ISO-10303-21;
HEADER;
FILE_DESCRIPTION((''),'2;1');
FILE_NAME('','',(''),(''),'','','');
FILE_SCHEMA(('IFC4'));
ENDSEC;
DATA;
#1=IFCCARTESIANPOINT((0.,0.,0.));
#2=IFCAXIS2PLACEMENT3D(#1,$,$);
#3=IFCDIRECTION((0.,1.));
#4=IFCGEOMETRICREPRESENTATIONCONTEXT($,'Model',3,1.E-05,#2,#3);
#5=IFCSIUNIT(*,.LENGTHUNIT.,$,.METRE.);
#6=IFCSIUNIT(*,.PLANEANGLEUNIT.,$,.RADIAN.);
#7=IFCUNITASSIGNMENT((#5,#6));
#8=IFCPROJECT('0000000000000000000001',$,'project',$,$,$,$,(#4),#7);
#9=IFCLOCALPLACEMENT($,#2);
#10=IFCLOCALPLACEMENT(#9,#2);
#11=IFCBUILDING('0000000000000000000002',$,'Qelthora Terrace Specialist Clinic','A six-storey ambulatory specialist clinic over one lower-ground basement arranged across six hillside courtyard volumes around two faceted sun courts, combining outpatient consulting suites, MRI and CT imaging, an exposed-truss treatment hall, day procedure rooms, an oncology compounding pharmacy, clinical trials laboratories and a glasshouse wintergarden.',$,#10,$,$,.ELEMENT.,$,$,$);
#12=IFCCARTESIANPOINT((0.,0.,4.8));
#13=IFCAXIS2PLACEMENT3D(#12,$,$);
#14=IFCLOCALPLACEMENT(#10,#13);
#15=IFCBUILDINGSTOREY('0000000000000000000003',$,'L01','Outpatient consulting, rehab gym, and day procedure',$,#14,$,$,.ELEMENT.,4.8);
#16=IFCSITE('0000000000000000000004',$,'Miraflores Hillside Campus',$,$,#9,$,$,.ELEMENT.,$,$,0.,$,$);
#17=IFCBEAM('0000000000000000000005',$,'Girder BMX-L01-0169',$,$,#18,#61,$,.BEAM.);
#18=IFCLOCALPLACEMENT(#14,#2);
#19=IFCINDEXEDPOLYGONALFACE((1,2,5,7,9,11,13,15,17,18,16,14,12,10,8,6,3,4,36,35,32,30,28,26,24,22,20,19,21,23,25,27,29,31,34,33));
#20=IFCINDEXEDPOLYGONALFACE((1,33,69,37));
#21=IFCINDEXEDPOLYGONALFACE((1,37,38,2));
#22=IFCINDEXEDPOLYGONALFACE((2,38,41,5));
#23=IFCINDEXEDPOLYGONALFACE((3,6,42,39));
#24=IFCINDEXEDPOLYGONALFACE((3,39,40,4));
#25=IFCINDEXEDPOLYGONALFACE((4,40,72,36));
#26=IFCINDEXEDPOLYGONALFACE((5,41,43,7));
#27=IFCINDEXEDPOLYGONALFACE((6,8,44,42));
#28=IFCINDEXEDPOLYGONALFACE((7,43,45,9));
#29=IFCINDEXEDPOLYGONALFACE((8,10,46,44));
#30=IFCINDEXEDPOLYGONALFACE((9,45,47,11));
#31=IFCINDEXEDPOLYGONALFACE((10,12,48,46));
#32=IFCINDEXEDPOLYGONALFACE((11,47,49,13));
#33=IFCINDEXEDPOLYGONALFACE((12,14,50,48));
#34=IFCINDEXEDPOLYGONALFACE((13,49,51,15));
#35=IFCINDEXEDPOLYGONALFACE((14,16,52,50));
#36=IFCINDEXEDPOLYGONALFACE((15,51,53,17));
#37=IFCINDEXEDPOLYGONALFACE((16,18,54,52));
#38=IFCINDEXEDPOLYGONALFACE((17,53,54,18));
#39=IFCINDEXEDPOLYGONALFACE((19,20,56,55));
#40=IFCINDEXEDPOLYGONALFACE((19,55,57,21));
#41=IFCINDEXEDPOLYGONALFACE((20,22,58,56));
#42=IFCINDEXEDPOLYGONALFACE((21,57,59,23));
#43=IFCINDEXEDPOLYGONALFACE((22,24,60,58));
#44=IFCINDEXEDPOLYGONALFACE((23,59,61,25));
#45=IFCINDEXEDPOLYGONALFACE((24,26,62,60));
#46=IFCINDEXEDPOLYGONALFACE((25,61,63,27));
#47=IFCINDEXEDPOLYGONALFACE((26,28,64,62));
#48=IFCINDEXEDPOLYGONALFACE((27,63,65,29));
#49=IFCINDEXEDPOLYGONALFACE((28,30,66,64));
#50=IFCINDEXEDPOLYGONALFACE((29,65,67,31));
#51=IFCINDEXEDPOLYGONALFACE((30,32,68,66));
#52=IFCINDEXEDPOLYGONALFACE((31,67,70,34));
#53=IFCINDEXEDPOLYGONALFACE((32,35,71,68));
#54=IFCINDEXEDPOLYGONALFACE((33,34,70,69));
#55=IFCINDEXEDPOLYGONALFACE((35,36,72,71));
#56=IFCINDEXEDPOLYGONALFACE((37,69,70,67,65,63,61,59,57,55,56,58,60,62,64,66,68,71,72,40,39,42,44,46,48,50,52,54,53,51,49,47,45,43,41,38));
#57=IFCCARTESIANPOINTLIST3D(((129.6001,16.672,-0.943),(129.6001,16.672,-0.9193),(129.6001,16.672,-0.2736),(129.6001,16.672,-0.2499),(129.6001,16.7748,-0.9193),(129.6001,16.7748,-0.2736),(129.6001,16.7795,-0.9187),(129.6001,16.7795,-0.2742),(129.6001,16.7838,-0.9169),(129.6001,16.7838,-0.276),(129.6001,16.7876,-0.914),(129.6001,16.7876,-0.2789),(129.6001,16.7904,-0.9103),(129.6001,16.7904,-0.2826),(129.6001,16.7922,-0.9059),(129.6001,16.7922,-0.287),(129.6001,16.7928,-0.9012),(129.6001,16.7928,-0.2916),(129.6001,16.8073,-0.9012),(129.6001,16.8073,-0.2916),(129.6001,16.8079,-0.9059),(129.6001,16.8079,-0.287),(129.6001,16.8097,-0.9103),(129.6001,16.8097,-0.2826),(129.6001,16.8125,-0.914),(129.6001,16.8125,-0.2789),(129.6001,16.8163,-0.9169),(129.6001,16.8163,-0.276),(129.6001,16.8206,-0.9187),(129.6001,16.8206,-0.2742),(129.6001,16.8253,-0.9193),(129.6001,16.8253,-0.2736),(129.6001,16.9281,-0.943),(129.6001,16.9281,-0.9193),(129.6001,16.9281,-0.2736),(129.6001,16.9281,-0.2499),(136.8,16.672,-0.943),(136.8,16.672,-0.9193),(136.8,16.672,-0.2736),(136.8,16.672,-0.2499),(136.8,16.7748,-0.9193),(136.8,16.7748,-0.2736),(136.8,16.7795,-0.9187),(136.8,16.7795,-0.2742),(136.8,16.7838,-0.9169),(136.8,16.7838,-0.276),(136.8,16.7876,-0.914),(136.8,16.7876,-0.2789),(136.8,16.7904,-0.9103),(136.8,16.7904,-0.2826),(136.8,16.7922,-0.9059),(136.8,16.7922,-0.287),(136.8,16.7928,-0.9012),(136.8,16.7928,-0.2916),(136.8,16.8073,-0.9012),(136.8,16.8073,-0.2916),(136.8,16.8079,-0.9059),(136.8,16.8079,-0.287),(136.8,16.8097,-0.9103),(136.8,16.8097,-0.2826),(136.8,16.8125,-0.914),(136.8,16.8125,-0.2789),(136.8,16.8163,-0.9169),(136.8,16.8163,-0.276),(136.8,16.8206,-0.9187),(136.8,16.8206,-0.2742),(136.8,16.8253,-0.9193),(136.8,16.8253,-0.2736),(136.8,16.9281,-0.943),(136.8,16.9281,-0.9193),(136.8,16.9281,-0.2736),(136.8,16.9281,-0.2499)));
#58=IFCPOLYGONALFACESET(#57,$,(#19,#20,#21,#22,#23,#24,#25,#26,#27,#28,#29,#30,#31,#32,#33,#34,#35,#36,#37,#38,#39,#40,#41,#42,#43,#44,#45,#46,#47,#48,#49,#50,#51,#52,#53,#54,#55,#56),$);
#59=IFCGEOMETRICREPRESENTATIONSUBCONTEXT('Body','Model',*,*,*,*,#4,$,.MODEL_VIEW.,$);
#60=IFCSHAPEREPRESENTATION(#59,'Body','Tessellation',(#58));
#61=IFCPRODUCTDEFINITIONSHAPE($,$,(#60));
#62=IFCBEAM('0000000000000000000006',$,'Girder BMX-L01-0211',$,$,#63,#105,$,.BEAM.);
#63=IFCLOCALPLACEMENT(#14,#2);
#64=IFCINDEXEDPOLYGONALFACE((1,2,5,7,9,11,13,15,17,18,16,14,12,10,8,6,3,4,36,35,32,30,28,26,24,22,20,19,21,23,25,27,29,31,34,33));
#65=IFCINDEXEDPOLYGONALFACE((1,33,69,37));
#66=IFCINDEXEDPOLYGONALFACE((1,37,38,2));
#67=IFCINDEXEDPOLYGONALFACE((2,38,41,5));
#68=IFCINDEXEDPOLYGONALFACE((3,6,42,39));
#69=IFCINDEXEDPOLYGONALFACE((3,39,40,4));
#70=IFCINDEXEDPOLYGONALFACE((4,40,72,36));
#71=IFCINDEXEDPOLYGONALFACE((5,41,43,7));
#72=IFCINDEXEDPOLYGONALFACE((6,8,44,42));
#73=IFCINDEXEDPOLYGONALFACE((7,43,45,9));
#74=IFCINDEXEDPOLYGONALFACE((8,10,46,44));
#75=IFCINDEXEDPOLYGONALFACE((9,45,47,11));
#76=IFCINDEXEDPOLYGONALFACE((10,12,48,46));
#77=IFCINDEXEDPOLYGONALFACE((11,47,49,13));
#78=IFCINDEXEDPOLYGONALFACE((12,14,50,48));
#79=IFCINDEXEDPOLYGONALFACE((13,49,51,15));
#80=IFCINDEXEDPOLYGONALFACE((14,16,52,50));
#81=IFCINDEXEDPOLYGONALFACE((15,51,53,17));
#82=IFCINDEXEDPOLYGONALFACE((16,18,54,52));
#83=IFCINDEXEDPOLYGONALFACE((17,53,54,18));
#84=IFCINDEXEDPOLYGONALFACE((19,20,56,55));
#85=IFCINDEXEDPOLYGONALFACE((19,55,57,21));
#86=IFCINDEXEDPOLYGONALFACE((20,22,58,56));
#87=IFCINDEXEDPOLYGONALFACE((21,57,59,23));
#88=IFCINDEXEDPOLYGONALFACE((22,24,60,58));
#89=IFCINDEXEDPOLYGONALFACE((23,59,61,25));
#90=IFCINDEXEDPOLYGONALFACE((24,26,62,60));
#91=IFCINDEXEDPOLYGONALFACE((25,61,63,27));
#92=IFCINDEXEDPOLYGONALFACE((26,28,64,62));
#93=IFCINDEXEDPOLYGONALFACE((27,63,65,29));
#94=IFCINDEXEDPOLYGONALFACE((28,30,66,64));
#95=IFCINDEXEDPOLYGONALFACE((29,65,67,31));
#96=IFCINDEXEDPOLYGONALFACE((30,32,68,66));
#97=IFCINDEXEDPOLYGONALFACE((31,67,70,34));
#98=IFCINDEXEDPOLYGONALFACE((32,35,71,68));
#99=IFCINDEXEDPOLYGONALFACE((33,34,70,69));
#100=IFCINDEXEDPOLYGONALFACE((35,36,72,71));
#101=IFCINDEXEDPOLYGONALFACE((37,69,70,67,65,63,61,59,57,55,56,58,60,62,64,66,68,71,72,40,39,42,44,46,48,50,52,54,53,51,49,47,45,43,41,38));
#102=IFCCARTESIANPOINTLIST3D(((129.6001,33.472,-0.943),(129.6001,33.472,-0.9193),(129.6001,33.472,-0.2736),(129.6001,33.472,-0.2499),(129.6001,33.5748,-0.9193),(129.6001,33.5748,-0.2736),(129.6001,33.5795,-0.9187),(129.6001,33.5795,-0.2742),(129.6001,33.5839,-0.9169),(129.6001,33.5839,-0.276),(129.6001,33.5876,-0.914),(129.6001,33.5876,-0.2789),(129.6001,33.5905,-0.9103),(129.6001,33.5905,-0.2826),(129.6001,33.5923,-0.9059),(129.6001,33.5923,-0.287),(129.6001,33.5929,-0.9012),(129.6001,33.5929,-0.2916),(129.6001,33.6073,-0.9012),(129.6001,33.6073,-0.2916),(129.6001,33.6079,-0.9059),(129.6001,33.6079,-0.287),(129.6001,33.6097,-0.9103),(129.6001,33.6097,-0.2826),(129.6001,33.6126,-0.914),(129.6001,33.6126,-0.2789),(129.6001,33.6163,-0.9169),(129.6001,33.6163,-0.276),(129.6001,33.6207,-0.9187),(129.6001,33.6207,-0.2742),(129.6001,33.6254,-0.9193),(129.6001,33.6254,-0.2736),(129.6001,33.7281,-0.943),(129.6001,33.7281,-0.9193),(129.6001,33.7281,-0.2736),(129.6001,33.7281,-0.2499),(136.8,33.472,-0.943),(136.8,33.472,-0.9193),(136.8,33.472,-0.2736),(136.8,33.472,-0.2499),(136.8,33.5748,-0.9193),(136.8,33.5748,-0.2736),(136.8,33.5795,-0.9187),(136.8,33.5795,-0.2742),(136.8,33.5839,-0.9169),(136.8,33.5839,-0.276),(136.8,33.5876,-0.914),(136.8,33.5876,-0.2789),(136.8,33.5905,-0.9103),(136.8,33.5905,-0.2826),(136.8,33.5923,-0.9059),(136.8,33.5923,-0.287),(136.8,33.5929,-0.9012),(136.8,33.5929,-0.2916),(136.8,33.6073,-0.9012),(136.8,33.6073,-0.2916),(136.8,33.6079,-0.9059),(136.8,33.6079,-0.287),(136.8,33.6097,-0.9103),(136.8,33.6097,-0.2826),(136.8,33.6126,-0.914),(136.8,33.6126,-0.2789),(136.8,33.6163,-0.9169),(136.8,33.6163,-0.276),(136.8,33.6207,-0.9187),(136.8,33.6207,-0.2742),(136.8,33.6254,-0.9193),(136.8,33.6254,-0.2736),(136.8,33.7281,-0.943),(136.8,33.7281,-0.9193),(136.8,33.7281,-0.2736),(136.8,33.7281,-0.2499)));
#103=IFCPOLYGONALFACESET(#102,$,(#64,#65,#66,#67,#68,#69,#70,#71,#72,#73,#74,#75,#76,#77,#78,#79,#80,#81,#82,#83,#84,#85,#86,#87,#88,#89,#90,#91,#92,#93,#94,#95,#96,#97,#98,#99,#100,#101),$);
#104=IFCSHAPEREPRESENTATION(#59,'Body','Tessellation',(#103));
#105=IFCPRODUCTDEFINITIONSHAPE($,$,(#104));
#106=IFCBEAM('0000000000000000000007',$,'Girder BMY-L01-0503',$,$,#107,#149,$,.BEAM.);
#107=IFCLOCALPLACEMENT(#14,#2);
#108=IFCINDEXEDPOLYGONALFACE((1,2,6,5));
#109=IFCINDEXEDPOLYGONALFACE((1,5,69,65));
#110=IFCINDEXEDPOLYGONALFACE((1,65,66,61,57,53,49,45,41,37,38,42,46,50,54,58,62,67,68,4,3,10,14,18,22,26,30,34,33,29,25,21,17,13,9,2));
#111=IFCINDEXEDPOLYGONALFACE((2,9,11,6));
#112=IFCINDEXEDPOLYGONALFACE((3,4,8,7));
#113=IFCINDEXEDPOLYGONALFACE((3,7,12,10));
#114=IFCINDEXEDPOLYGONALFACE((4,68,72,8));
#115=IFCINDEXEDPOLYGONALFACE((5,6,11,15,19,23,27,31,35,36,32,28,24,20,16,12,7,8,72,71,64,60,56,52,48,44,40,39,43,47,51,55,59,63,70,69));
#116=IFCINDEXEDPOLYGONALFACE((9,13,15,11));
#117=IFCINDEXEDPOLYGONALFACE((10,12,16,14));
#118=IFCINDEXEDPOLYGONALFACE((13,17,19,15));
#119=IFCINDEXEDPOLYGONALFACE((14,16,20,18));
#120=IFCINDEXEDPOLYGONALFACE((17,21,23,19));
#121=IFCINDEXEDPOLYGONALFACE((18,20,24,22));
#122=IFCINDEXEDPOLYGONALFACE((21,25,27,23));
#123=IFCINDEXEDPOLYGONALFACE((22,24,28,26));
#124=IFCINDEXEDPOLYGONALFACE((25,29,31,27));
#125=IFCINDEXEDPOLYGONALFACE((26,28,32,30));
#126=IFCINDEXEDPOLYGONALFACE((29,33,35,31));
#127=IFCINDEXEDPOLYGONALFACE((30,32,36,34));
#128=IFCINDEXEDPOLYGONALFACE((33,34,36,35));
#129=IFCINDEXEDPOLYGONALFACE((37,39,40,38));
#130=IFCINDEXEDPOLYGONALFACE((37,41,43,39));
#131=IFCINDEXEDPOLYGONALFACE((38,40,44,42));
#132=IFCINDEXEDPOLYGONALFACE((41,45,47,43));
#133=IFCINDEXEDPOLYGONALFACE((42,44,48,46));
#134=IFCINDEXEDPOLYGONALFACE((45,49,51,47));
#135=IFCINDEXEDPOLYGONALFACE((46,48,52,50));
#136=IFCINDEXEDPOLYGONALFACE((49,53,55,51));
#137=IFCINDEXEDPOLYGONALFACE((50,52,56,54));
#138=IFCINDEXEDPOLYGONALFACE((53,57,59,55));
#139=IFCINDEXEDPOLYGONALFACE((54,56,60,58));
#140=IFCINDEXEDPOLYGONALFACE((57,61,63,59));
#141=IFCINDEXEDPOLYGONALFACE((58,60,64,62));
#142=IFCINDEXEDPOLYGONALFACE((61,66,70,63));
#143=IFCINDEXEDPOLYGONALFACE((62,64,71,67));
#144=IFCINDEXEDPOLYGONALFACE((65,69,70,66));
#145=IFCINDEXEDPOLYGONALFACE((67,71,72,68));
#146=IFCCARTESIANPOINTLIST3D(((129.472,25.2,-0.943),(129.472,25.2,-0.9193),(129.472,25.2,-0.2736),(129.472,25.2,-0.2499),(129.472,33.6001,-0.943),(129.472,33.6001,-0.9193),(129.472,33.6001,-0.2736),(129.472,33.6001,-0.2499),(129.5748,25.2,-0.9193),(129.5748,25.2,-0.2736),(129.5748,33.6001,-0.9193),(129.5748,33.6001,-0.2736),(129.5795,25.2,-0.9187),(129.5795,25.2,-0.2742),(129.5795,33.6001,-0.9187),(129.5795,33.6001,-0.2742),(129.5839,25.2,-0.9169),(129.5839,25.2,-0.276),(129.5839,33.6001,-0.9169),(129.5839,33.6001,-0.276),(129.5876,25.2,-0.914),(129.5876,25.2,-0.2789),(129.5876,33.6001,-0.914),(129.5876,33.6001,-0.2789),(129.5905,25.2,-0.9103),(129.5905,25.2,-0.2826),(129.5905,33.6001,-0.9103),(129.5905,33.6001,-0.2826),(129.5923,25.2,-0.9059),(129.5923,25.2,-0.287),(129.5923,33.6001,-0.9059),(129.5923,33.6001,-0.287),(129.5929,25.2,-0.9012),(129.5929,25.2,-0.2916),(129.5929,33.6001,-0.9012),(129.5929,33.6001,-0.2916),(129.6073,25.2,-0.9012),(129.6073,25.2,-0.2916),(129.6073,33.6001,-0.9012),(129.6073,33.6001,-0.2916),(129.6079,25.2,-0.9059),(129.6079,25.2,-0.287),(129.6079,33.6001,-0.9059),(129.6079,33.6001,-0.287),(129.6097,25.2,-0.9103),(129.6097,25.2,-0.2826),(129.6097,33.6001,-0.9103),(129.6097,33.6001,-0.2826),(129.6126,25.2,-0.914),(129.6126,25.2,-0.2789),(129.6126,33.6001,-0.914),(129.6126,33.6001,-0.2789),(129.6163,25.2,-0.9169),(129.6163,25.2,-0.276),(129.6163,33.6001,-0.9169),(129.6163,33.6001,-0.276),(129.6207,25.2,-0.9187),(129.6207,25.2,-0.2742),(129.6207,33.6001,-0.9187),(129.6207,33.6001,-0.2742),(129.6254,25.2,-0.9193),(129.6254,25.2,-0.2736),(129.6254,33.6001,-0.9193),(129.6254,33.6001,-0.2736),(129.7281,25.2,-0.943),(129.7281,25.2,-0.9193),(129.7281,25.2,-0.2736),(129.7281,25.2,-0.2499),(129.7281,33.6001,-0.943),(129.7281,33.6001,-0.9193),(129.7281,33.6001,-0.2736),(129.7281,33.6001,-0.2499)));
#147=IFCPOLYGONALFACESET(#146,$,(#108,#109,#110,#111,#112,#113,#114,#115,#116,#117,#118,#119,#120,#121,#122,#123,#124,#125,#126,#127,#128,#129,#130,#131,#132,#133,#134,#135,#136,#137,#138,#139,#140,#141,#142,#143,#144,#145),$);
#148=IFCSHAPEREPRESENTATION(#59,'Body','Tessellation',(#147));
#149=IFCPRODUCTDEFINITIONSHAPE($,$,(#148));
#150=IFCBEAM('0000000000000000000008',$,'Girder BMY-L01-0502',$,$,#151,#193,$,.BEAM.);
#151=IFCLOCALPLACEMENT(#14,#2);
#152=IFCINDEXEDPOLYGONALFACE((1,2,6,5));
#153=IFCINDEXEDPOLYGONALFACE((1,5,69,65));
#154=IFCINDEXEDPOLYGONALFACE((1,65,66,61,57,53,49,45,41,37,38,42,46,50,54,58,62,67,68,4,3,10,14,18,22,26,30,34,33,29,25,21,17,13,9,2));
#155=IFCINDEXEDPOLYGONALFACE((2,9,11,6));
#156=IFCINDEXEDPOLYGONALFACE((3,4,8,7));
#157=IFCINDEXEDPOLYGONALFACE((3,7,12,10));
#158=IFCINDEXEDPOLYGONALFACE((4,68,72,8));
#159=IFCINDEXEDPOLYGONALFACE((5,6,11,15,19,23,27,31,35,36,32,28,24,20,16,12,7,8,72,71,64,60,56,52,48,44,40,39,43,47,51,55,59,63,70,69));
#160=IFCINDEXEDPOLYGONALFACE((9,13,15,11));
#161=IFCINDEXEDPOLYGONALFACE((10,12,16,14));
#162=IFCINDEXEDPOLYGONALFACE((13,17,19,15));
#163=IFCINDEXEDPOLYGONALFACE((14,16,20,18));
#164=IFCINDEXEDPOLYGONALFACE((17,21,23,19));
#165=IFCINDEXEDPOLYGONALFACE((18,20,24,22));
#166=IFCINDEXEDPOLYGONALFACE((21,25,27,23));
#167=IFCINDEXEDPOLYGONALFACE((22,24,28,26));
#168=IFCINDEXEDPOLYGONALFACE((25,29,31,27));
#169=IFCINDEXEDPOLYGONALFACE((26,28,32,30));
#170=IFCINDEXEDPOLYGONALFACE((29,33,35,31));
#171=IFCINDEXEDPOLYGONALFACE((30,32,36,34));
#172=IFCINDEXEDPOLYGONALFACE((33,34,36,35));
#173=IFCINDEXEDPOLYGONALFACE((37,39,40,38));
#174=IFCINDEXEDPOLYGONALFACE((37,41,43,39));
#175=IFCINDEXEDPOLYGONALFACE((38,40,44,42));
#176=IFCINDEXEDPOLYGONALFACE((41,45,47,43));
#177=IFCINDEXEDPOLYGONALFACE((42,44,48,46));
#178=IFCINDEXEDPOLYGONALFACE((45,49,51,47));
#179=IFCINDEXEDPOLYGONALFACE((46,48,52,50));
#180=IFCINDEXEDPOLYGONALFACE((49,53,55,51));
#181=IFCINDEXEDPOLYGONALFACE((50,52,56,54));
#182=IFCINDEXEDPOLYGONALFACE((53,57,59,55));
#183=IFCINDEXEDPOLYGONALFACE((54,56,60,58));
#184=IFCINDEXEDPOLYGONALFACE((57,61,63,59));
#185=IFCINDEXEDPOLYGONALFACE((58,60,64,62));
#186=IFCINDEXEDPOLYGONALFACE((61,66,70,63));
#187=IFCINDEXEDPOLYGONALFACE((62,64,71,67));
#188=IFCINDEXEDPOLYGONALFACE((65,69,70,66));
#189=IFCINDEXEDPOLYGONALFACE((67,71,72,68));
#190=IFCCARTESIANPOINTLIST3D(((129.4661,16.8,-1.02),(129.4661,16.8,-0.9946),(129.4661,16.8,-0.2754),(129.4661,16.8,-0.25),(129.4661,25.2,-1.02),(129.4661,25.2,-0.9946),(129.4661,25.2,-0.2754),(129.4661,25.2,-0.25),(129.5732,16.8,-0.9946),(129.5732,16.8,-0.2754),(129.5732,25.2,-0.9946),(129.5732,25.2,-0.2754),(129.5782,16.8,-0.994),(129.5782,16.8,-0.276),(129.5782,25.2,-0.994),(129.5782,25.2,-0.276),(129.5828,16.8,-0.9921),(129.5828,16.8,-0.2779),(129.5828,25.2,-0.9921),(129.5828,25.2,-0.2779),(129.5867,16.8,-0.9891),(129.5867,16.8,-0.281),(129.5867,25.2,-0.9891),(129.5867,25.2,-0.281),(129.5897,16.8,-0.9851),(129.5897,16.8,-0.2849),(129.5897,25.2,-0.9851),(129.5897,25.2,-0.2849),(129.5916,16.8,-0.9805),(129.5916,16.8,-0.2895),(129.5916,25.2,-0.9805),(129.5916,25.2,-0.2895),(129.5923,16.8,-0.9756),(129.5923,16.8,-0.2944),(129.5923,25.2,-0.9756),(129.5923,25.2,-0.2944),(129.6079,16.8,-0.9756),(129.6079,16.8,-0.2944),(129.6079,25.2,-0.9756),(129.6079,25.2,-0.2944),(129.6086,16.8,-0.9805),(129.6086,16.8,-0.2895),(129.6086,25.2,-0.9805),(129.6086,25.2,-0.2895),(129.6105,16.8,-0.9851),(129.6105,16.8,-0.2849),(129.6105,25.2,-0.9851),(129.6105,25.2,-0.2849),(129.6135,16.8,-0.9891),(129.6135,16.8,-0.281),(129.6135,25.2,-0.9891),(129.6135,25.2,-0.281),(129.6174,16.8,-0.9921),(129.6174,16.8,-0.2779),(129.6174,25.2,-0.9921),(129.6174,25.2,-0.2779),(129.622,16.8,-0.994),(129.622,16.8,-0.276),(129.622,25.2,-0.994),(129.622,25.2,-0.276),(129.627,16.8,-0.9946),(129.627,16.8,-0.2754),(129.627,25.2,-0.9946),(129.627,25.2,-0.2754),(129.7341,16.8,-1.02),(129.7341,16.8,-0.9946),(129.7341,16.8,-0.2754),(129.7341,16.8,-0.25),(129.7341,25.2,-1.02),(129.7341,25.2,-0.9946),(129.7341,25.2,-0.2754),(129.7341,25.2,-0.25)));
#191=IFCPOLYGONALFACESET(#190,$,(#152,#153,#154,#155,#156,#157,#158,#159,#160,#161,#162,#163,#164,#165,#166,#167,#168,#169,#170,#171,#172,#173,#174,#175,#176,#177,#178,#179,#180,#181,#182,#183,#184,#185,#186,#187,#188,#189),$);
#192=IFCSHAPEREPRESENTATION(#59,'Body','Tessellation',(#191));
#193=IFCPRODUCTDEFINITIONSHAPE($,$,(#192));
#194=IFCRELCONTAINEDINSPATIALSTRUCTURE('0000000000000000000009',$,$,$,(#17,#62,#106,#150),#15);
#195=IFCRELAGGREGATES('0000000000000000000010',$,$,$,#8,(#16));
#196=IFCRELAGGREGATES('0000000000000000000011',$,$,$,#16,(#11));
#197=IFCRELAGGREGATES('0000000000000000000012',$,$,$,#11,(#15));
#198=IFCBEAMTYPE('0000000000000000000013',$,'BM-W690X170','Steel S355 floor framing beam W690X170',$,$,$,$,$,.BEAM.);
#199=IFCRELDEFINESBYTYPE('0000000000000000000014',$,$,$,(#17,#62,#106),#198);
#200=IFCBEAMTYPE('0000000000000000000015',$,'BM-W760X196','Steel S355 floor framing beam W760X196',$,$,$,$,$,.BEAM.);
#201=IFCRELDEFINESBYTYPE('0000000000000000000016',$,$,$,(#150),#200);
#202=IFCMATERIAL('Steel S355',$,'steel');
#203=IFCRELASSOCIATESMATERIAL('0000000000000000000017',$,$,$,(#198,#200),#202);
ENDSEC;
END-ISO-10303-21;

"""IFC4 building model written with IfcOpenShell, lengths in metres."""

from ifc_helpers import new_model, si_unit, direction, frame, origin, origin_2d, place, context, subcontext, project, spatial, i_section, extrude, material, material_profile, profile_set, type_object, element, save


model = new_model("IFC4")

# Units and contexts
model_context = context("Model", 3, precision=1e-05, world=origin(), true_north=direction((0.0, 1.0)))
body_context = subcontext(model_context, "Body", "Model", "MODEL_VIEW")
ifc_project = project(units=[si_unit("LENGTHUNIT", "METRE"), si_unit("PLANEANGLEUNIT", "RADIAN")], contexts=[model_context])

# Site, building, storey
site_placement = place(None, origin())
site = spatial("IfcSite", under=ifc_project, at=site_placement, Name="Miraflores Hillside Campus", CompositionType="ELEMENT", RefElevation=0.0)
building_placement = place(site_placement, origin())
building = spatial("IfcBuilding", under=site, at=building_placement, Name="Qelthora Terrace Specialist Clinic", Description="A six-storey ambulatory specialist clinic over one lower-ground basement arranged across six hillside courtyard volumes around two faceted sun courts, combining outpatient consulting suites, MRI and CT imaging, an exposed-truss treatment hall, day procedure rooms, an oncology compounding pharmacy, clinical trials laboratories and a glasshouse wintergarden.", CompositionType="ELEMENT")
storey_placement = place(building_placement, frame((0.0, 0.0, 4.8)))
storey = spatial("IfcBuildingStorey", under=building, at=storey_placement, Name="L01", Description="Outpatient consulting, rehab gym, and day procedure", CompositionType="ELEMENT", Elevation=4.8)

# Shared definitions
ifc_material_1 = material(Name="Steel S355", Category="steel")

# Beams
ifc_material_profile_1 = material_profile(ifc_material_1, i_section(OverallWidth=0.2561, OverallDepth=0.6931, WebThickness=0.0144, FlangeThickness=0.0237, FilletRadius=0.0181, at=origin_2d()), Name="W690X170")
ifc_profile_set_1 = profile_set([ifc_material_profile_1], Name="Steel S355")
beam_type_1 = type_object("IfcBeamType", Name="BM-W690X170", Description="Steel S355 floor framing beam W690X170", PredefinedType="BEAM", material=ifc_profile_set_1)
for number, where, z_axis, x_axis, name in (
    (1, (129.6001, 16.8, -0.5964), (1.0, 0.0, 0.0), (0.0, 1.0, 0.0), "Girder BMX-L01-0169"),
    (2, (129.6001, 33.6001, -0.5964), (1.0, 0.0, 0.0), (0.0, 1.0, 0.0), "Girder BMX-L01-0211"),
):
    element("IfcBeam", number, at=place(storey_placement, frame(where, z_axis=z_axis, x_axis=x_axis)), inside=storey, type_object=beam_type_1, Name=name, PredefinedType="BEAM", context=body_context, shape_type="SweptSolid", body=[
        extrude(i_section(OverallWidth=0.2561, OverallDepth=0.6931, WebThickness=0.0144, FlangeThickness=0.0237, FilletRadius=0.0181, at=origin_2d()), origin(), (0.0, 0.0, 1.0), 7.2),
    ])
beam_1_placement = place(storey_placement, frame((129.6001, 25.2, -0.5964), z_axis=(0.0, 1.0, 0.0), x_axis=(-1.0, 0.0, 0.0)))
element("IfcBeam", 3, at=beam_1_placement, inside=storey, type_object=beam_type_1, Name="Girder BMY-L01-0503", PredefinedType="BEAM", context=body_context, shape_type="SweptSolid", body=[
    extrude(i_section(OverallWidth=0.2561, OverallDepth=0.6931, WebThickness=0.0144, FlangeThickness=0.0237, FilletRadius=0.0181, at=origin_2d()), origin(), (0.0, 0.0, 1.0), 8.4001),
])
ifc_material_profile_2 = material_profile(ifc_material_1, i_section(OverallWidth=0.2681, OverallDepth=0.77, WebThickness=0.0156, FlangeThickness=0.0254, FilletRadius=0.019, at=origin_2d()), Name="W760X196")
ifc_profile_set_2 = profile_set([ifc_material_profile_2], Name="Steel S355")
beam_type_2 = type_object("IfcBeamType", Name="BM-W760X196", Description="Steel S355 floor framing beam W760X196", PredefinedType="BEAM", material=ifc_profile_set_2)
beam_2_placement = place(storey_placement, frame((129.6001, 16.8, -0.635), z_axis=(0.0, 1.0, 0.0), x_axis=(-1.0, 0.0, 0.0)))
element("IfcBeam", 4, at=beam_2_placement, inside=storey, type_object=beam_type_2, Name="Girder BMY-L01-0502", PredefinedType="BEAM", context=body_context, shape_type="SweptSolid", body=[
    extrude(i_section(OverallWidth=0.2681, OverallDepth=0.77, WebThickness=0.0156, FlangeThickness=0.0254, FilletRadius=0.019, at=origin_2d()), origin(), (0.0, 0.0, 1.0), 8.3999),
])

save(model, "model.ifc")
